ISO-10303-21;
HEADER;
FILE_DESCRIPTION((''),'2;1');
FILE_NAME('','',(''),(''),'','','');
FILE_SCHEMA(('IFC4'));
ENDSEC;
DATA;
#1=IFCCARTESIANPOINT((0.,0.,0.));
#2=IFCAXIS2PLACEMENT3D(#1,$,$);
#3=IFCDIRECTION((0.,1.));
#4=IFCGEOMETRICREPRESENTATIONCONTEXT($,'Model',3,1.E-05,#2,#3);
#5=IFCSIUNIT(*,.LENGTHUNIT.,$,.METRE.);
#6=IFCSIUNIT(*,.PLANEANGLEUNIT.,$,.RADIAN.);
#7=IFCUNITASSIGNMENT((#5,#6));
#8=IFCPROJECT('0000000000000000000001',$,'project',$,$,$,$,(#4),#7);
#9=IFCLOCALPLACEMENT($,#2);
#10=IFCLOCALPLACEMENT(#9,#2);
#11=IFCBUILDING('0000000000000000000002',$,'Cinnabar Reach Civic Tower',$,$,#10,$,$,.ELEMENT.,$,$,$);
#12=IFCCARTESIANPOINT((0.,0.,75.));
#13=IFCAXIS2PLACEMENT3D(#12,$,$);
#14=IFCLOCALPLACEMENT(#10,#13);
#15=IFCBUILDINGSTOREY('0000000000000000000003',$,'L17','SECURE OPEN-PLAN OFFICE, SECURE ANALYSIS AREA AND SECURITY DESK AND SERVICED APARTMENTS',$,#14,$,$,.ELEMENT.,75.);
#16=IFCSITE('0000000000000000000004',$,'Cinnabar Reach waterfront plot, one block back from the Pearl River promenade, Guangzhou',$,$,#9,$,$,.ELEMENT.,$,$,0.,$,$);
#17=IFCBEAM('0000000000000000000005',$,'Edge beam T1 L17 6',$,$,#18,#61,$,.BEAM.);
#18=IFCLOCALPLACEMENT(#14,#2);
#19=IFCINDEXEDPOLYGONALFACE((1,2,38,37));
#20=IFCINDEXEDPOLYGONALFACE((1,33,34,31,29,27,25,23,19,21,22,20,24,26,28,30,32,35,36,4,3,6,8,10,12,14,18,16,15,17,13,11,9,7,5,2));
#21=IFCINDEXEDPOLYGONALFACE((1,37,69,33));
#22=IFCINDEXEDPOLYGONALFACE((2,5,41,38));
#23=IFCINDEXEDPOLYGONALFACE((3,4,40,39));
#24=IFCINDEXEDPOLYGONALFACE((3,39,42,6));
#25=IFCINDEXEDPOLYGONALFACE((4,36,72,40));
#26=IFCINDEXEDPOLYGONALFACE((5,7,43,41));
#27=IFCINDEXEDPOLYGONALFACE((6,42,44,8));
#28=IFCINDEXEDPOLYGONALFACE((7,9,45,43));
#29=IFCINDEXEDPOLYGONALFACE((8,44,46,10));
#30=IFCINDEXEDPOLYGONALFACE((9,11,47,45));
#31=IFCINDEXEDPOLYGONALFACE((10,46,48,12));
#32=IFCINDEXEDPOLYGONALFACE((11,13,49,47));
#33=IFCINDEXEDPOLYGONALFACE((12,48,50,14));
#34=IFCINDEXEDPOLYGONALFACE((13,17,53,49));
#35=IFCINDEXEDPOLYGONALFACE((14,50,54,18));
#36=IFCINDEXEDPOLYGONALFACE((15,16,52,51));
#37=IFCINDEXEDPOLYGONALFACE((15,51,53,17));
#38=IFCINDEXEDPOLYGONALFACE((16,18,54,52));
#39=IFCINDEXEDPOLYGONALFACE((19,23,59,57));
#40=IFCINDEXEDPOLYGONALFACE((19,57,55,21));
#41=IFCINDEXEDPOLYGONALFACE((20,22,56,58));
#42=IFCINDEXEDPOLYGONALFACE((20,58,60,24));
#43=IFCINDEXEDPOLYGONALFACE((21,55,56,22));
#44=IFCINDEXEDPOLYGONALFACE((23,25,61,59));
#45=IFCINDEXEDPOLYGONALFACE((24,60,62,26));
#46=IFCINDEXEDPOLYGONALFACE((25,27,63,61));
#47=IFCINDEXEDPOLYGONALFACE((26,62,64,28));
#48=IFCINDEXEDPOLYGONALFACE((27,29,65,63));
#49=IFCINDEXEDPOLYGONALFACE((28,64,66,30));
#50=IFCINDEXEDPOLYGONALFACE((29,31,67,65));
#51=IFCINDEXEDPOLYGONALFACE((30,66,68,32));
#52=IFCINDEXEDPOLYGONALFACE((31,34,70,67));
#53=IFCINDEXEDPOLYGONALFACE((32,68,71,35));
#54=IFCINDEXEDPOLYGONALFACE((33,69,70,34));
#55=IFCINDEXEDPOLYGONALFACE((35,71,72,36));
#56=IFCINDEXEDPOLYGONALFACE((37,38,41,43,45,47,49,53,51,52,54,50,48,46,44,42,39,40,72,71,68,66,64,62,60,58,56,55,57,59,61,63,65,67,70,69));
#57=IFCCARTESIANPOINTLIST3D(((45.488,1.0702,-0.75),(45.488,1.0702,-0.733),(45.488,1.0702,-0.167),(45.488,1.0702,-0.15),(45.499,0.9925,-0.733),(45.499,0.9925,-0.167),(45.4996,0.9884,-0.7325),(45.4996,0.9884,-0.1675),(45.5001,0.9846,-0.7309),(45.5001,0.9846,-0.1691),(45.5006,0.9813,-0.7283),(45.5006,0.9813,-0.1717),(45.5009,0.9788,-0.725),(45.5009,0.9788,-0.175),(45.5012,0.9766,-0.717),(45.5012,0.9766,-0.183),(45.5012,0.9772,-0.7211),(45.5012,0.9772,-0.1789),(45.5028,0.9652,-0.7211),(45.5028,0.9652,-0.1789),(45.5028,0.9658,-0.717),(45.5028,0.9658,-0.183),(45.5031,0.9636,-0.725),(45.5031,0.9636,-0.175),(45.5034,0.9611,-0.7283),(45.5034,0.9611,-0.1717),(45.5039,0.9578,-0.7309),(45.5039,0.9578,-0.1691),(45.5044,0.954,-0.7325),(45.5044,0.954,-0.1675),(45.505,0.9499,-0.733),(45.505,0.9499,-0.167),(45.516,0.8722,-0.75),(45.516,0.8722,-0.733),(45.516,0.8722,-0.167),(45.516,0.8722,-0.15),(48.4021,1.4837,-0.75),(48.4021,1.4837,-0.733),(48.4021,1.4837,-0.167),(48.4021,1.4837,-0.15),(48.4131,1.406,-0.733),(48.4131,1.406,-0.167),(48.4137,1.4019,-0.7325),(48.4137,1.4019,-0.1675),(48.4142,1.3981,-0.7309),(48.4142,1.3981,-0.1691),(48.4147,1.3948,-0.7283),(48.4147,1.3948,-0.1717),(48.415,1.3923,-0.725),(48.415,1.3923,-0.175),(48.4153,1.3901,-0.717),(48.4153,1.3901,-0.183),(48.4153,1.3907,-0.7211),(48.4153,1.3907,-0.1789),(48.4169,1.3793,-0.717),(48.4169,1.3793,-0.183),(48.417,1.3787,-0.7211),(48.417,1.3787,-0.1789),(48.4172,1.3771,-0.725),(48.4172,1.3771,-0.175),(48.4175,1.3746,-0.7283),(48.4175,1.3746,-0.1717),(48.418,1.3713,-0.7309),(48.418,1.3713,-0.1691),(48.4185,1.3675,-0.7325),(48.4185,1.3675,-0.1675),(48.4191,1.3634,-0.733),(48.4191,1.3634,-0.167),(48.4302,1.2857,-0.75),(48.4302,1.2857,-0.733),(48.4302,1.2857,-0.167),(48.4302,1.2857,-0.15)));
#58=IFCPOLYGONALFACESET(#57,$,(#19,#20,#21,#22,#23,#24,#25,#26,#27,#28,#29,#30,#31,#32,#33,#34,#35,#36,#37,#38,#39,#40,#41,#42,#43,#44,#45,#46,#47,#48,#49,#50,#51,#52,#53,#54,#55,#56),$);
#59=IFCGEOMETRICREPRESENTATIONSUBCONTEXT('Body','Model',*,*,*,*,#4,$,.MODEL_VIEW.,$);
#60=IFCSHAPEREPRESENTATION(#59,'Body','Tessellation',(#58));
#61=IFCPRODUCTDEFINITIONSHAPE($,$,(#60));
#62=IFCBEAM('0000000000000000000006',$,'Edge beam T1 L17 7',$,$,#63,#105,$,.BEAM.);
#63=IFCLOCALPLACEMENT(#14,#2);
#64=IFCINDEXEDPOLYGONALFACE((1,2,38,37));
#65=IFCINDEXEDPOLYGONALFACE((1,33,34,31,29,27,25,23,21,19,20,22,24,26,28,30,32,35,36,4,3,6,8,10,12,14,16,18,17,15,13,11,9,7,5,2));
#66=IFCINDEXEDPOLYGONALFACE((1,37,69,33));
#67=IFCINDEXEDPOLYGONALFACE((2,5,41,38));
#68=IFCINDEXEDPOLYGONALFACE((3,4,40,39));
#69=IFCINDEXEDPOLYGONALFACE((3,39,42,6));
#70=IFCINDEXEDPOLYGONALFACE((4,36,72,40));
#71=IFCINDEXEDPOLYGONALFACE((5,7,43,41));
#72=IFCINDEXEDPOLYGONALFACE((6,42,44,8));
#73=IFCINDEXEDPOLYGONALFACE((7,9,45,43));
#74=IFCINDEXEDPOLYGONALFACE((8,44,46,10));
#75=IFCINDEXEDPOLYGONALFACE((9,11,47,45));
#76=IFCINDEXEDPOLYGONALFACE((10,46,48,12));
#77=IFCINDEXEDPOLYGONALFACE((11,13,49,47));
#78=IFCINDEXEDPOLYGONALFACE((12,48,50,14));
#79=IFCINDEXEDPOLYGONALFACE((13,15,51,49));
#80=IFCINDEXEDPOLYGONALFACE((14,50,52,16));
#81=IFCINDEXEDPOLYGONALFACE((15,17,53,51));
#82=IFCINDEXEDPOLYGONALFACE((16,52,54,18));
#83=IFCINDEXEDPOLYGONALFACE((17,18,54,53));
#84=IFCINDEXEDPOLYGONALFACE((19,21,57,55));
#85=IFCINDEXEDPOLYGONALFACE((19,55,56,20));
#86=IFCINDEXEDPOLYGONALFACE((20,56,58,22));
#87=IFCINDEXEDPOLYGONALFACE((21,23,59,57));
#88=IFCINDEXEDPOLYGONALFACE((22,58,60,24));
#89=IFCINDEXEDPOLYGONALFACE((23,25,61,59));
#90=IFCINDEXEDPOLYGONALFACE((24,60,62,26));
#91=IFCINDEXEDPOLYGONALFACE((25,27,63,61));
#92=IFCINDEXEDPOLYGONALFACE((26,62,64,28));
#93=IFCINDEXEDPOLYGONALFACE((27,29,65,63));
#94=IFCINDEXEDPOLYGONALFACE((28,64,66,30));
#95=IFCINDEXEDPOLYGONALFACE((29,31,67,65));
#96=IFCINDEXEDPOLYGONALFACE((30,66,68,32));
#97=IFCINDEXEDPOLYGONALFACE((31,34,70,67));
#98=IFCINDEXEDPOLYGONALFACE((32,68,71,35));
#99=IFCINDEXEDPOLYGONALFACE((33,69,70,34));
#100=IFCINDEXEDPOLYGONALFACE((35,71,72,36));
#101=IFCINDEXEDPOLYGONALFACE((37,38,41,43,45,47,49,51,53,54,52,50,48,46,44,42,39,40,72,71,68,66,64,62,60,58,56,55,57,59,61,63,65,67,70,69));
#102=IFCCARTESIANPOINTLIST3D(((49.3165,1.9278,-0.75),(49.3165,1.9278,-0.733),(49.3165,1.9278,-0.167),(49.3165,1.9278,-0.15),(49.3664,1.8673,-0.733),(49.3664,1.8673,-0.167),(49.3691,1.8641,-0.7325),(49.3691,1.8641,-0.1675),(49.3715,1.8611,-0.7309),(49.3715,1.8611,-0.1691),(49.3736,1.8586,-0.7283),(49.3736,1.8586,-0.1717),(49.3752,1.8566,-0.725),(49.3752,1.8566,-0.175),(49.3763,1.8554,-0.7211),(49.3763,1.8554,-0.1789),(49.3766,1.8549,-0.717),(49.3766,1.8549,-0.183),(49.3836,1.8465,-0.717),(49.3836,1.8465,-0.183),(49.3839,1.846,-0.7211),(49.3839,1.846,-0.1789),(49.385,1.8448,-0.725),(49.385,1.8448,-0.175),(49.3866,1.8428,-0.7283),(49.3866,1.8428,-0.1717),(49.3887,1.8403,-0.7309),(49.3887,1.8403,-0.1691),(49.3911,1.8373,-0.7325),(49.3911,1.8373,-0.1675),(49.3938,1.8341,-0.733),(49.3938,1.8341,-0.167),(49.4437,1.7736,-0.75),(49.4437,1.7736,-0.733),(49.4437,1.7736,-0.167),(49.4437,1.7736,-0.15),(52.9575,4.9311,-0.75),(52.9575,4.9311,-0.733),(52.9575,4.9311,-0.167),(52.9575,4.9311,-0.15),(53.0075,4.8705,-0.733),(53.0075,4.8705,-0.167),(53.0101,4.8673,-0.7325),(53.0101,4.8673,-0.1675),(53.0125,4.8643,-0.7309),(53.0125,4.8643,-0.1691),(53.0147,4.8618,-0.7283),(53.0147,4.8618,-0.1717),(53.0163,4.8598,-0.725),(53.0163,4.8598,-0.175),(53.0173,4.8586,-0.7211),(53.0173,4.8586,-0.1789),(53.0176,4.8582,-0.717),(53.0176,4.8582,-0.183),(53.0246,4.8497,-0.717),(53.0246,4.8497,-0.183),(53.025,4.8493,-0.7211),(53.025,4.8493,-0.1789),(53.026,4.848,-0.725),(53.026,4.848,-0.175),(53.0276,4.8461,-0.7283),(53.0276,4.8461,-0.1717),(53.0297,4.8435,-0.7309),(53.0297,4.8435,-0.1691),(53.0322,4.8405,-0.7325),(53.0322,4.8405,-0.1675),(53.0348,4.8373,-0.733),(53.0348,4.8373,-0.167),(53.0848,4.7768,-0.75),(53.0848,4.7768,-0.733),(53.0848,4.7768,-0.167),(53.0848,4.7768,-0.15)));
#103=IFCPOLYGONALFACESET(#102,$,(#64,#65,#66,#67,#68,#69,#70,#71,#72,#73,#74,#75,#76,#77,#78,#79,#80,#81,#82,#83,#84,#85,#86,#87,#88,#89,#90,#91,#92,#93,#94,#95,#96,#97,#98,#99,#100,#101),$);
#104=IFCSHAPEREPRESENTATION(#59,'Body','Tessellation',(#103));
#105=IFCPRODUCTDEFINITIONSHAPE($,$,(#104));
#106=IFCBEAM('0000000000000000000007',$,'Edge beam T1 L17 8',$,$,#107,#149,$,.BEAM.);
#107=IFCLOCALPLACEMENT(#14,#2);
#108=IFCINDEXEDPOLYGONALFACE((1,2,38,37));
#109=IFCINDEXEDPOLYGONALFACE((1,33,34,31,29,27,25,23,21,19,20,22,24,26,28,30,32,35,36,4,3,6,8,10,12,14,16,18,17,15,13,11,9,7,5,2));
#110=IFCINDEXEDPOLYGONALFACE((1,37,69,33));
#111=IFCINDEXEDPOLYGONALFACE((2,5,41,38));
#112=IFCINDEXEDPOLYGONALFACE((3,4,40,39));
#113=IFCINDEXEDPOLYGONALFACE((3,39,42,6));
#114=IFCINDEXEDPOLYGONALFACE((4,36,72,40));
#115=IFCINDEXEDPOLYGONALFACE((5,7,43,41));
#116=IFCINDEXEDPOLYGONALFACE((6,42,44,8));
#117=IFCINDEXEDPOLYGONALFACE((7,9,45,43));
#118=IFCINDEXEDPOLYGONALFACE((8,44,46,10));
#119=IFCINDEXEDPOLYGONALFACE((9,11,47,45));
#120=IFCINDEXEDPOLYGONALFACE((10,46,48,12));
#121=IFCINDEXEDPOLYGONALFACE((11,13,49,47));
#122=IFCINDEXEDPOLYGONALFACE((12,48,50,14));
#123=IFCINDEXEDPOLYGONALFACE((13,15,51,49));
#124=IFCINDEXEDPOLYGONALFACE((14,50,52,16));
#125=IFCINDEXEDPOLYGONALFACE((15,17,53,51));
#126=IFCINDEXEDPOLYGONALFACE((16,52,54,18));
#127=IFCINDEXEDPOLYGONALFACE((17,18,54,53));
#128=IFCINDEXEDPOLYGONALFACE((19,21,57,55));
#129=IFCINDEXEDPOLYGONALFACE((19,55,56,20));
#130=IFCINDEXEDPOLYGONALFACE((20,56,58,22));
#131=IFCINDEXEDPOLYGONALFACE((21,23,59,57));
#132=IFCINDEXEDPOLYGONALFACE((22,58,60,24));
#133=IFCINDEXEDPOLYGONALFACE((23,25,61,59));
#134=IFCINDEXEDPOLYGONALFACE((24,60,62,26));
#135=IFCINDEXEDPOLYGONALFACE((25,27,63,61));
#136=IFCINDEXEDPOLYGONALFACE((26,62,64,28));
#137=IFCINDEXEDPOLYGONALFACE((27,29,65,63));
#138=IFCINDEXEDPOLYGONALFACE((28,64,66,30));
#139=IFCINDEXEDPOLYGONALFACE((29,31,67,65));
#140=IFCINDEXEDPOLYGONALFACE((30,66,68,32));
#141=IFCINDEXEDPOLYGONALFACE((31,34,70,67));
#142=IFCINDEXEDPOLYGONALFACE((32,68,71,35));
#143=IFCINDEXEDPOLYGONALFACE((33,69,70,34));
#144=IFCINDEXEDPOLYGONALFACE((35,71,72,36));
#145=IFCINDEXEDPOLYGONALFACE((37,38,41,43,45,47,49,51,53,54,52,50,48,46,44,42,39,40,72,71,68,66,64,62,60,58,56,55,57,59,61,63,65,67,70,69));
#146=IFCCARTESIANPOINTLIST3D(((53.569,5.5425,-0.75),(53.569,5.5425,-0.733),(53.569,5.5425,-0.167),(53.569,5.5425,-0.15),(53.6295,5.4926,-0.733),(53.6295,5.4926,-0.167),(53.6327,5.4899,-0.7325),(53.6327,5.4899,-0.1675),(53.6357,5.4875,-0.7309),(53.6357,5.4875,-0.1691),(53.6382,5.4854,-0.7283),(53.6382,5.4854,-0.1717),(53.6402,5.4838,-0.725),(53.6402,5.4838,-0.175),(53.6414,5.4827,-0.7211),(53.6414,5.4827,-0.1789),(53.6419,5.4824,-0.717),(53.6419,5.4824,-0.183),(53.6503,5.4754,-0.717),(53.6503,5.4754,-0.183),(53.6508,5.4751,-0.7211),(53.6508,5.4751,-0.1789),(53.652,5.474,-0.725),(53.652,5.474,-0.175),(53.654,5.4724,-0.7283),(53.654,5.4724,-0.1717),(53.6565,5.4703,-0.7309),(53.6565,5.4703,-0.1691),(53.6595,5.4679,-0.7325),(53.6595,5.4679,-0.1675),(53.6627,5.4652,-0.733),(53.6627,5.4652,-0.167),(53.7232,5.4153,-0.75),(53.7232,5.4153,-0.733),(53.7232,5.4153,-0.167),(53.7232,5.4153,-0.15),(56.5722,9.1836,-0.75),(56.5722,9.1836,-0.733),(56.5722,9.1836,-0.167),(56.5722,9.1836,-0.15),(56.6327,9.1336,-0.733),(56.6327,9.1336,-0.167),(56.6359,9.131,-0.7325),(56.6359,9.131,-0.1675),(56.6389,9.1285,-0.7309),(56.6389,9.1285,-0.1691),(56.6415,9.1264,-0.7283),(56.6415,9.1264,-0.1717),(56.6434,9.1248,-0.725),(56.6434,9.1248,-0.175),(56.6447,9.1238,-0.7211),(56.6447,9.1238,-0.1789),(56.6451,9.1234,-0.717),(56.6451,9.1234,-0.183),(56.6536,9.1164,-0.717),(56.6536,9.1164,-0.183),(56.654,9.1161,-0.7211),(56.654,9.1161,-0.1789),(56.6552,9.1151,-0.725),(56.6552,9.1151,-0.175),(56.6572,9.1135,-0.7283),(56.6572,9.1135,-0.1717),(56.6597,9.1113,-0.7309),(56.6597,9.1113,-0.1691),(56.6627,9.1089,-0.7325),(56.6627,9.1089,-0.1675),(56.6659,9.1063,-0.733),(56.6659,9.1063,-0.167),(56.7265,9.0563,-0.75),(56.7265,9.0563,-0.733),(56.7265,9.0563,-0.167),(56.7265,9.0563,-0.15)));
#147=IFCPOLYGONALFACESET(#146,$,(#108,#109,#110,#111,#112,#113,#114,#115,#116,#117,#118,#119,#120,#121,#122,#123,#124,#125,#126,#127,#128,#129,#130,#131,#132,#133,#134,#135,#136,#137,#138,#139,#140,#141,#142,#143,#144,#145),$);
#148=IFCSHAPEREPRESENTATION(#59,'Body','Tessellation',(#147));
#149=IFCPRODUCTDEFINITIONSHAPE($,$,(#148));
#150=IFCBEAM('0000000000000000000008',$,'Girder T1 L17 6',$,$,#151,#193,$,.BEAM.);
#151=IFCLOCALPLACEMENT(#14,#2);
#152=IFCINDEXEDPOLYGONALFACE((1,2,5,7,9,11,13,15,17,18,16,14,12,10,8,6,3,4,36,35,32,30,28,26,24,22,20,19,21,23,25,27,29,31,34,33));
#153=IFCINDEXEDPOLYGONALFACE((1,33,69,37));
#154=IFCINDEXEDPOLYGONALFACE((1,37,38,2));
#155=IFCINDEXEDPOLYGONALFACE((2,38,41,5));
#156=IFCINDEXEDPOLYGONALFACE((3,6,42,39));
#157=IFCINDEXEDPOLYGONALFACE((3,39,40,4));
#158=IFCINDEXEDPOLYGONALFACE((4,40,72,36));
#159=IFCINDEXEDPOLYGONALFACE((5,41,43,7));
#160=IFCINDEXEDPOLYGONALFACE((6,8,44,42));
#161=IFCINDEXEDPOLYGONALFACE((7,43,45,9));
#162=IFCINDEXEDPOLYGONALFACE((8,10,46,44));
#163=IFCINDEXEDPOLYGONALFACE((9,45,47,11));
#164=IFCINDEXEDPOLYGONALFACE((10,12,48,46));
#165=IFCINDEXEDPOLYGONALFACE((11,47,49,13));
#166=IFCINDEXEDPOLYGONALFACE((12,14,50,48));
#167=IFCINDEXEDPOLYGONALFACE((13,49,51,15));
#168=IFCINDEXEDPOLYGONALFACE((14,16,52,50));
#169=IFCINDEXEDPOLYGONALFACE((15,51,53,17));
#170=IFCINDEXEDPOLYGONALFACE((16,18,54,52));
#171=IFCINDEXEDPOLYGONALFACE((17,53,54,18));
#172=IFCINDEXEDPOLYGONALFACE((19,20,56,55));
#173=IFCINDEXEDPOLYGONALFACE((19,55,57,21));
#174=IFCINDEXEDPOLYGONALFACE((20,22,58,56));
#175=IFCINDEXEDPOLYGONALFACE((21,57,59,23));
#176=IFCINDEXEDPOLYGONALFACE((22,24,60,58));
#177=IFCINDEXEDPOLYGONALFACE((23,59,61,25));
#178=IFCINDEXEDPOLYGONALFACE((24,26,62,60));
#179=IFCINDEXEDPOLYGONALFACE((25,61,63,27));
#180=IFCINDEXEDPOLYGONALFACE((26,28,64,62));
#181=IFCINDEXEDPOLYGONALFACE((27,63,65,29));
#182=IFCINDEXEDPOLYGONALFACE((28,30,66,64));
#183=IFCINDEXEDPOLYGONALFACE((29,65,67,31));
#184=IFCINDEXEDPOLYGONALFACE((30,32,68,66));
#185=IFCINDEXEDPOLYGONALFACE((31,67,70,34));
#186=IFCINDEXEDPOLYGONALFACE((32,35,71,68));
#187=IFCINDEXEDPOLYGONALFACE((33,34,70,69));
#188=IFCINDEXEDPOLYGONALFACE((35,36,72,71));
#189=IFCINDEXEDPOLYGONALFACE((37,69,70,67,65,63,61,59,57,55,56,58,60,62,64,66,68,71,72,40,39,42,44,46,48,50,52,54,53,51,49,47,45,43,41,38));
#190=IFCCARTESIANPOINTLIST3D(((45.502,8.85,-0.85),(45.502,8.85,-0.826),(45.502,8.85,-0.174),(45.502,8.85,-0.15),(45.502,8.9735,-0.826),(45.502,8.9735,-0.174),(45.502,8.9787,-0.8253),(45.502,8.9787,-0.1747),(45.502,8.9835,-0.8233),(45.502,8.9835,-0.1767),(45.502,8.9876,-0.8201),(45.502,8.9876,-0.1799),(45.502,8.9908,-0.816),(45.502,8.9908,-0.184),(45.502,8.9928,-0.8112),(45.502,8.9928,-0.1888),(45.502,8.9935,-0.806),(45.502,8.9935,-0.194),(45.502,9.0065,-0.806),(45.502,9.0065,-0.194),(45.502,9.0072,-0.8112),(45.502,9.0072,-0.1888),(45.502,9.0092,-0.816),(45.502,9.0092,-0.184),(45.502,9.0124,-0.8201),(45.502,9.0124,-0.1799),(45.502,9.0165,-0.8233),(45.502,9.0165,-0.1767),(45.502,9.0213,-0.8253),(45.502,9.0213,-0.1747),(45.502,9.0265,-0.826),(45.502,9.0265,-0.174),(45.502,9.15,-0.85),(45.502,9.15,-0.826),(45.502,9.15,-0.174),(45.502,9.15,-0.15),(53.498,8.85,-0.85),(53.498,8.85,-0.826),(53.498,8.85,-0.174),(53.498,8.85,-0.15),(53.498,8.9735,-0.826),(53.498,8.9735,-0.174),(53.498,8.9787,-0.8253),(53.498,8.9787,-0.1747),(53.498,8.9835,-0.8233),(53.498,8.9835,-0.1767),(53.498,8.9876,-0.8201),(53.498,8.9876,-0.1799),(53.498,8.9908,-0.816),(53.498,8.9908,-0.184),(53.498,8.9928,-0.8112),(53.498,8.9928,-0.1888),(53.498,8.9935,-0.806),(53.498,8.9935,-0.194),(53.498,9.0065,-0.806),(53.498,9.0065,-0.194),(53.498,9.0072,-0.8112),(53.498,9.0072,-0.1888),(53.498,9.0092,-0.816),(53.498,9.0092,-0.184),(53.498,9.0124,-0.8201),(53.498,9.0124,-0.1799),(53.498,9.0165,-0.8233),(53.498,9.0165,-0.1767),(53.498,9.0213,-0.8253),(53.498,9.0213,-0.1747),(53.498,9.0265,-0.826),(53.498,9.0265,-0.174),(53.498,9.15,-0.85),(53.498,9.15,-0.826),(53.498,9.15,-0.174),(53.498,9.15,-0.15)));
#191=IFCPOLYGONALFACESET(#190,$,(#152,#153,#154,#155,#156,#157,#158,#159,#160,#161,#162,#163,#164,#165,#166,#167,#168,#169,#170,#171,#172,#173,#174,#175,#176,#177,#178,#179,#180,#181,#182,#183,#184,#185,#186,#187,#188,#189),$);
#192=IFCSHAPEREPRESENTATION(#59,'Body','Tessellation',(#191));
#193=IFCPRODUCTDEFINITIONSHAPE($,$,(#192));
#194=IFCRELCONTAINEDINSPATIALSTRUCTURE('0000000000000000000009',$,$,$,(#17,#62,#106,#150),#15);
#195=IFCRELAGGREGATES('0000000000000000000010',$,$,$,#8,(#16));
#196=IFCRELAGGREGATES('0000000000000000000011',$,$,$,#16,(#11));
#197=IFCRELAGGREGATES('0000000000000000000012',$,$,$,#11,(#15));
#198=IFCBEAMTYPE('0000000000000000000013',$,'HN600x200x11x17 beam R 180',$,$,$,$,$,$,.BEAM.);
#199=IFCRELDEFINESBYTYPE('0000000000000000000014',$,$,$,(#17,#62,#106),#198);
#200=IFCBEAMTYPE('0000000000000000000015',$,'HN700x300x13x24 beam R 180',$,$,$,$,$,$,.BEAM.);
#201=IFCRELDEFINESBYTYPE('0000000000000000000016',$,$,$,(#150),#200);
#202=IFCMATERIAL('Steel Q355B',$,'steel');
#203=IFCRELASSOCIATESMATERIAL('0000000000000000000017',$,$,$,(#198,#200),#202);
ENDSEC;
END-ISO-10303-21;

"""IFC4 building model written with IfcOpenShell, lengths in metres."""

from ifc_helpers import new_model, si_unit, direction, frame, origin, origin_2d, place, context, subcontext, project, spatial, i_section, extrude, material, material_profile, profile_set, type_object, element, save


model = new_model("IFC4")

# Units and contexts
model_context = context("Model", 3, precision=1e-05, world=origin(), true_north=direction((0.0, 1.0)))
body_context = subcontext(model_context, "Body", "Model", "MODEL_VIEW")
ifc_project = project(units=[si_unit("LENGTHUNIT", "METRE"), si_unit("PLANEANGLEUNIT", "RADIAN")], contexts=[model_context])

# Site, building, storey
site_placement = place(None, origin())
site = spatial("IfcSite", under=ifc_project, at=site_placement, Name="Cinnabar Reach waterfront plot, one block back from the Pearl River promenade, Guangzhou", CompositionType="ELEMENT", RefElevation=0.0)
building_placement = place(site_placement, origin())
building = spatial("IfcBuilding", under=site, at=building_placement, Name="Cinnabar Reach Civic Tower", CompositionType="ELEMENT")
storey_placement = place(building_placement, frame((0.0, 0.0, 75.0)))
storey = spatial("IfcBuildingStorey", under=building, at=storey_placement, Name="L17", Description="SECURE OPEN-PLAN OFFICE, SECURE ANALYSIS AREA AND SECURITY DESK AND SERVICED APARTMENTS", CompositionType="ELEMENT", Elevation=75.0)

# Beams
ifc_material_1 = material(Name="Steel Q355B", Category="steel")
ifc_material_profile_1 = material_profile(ifc_material_1, i_section(OverallWidth=0.2, OverallDepth=0.6, WebThickness=0.011, FlangeThickness=0.017, FilletRadius=0.016, at=origin_2d()), Name="HN600x200x11x17")
ifc_profile_set_1 = profile_set([ifc_material_profile_1], Name="Steel Q355B")
beam_type_1 = type_object("IfcBeamType", Name="HN600x200x11x17 beam R 180", PredefinedType="BEAM", material=ifc_profile_set_1)
beam_1_placement = place(storey_placement, frame((45.502, 0.9712, -0.45), z_axis=(0.990082, 0.140489, 0.0), x_axis=(-0.140489, 0.990082, 0.0)))
element("IfcBeam", 1, at=beam_1_placement, inside=storey, type_object=beam_type_1, Name="Edge beam T1 L17 6", PredefinedType="BEAM", context=body_context, shape_type="SweptSolid", body=[
    extrude(i_section(OverallWidth=0.2, OverallDepth=0.6, WebThickness=0.011, FlangeThickness=0.017, FilletRadius=0.016, at=origin_2d()), origin(), (0.0, 0.0, 1.0), 2.9433),
])
for number, where, z_axis, x_axis, name in (
    (2, (49.3801, 1.8507, -0.45), (0.771438, 0.636304, 0.0), (-0.636304, 0.771438, 0.0), "Edge beam T1 L17 7"),
    (3, (53.6461, 5.4789, -0.45), (0.636304, 0.771438, 0.0), (-0.771438, 0.636304, 0.0), "Edge beam T1 L17 8"),
):
    element("IfcBeam", number, at=place(storey_placement, frame(where, z_axis=z_axis, x_axis=x_axis)), inside=storey, type_object=beam_type_1, Name=name, PredefinedType="BEAM", context=body_context, shape_type="SweptSolid", body=[
        extrude(i_section(OverallWidth=0.2, OverallDepth=0.6, WebThickness=0.011, FlangeThickness=0.017, FilletRadius=0.016, at=origin_2d()), origin(), (0.0, 0.0, 1.0), 4.7198),
    ])
ifc_material_profile_2 = material_profile(ifc_material_1, i_section(OverallWidth=0.3, OverallDepth=0.7, WebThickness=0.013, FlangeThickness=0.024, FilletRadius=0.02, at=origin_2d()), Name="HN700x300x13x24")
ifc_profile_set_2 = profile_set([ifc_material_profile_2], Name="Steel Q355B")
beam_type_2 = type_object("IfcBeamType", Name="HN700x300x13x24 beam R 180", PredefinedType="BEAM", material=ifc_profile_set_2)
beam_2_placement = place(storey_placement, frame((45.502, 9.0, -0.5), z_axis=(1.0, 0.0, 0.0), x_axis=(0.0, 1.0, 0.0)))
element("IfcBeam", 4, at=beam_2_placement, inside=storey, type_object=beam_type_2, Name="Girder T1 L17 6", PredefinedType="BEAM", context=body_context, shape_type="SweptSolid", body=[
    extrude(i_section(OverallWidth=0.3, OverallDepth=0.7, WebThickness=0.013, FlangeThickness=0.024, FilletRadius=0.02, at=origin_2d()), origin(), (0.0, 0.0, 1.0), 7.996),
])

save(model, "model.ifc")
